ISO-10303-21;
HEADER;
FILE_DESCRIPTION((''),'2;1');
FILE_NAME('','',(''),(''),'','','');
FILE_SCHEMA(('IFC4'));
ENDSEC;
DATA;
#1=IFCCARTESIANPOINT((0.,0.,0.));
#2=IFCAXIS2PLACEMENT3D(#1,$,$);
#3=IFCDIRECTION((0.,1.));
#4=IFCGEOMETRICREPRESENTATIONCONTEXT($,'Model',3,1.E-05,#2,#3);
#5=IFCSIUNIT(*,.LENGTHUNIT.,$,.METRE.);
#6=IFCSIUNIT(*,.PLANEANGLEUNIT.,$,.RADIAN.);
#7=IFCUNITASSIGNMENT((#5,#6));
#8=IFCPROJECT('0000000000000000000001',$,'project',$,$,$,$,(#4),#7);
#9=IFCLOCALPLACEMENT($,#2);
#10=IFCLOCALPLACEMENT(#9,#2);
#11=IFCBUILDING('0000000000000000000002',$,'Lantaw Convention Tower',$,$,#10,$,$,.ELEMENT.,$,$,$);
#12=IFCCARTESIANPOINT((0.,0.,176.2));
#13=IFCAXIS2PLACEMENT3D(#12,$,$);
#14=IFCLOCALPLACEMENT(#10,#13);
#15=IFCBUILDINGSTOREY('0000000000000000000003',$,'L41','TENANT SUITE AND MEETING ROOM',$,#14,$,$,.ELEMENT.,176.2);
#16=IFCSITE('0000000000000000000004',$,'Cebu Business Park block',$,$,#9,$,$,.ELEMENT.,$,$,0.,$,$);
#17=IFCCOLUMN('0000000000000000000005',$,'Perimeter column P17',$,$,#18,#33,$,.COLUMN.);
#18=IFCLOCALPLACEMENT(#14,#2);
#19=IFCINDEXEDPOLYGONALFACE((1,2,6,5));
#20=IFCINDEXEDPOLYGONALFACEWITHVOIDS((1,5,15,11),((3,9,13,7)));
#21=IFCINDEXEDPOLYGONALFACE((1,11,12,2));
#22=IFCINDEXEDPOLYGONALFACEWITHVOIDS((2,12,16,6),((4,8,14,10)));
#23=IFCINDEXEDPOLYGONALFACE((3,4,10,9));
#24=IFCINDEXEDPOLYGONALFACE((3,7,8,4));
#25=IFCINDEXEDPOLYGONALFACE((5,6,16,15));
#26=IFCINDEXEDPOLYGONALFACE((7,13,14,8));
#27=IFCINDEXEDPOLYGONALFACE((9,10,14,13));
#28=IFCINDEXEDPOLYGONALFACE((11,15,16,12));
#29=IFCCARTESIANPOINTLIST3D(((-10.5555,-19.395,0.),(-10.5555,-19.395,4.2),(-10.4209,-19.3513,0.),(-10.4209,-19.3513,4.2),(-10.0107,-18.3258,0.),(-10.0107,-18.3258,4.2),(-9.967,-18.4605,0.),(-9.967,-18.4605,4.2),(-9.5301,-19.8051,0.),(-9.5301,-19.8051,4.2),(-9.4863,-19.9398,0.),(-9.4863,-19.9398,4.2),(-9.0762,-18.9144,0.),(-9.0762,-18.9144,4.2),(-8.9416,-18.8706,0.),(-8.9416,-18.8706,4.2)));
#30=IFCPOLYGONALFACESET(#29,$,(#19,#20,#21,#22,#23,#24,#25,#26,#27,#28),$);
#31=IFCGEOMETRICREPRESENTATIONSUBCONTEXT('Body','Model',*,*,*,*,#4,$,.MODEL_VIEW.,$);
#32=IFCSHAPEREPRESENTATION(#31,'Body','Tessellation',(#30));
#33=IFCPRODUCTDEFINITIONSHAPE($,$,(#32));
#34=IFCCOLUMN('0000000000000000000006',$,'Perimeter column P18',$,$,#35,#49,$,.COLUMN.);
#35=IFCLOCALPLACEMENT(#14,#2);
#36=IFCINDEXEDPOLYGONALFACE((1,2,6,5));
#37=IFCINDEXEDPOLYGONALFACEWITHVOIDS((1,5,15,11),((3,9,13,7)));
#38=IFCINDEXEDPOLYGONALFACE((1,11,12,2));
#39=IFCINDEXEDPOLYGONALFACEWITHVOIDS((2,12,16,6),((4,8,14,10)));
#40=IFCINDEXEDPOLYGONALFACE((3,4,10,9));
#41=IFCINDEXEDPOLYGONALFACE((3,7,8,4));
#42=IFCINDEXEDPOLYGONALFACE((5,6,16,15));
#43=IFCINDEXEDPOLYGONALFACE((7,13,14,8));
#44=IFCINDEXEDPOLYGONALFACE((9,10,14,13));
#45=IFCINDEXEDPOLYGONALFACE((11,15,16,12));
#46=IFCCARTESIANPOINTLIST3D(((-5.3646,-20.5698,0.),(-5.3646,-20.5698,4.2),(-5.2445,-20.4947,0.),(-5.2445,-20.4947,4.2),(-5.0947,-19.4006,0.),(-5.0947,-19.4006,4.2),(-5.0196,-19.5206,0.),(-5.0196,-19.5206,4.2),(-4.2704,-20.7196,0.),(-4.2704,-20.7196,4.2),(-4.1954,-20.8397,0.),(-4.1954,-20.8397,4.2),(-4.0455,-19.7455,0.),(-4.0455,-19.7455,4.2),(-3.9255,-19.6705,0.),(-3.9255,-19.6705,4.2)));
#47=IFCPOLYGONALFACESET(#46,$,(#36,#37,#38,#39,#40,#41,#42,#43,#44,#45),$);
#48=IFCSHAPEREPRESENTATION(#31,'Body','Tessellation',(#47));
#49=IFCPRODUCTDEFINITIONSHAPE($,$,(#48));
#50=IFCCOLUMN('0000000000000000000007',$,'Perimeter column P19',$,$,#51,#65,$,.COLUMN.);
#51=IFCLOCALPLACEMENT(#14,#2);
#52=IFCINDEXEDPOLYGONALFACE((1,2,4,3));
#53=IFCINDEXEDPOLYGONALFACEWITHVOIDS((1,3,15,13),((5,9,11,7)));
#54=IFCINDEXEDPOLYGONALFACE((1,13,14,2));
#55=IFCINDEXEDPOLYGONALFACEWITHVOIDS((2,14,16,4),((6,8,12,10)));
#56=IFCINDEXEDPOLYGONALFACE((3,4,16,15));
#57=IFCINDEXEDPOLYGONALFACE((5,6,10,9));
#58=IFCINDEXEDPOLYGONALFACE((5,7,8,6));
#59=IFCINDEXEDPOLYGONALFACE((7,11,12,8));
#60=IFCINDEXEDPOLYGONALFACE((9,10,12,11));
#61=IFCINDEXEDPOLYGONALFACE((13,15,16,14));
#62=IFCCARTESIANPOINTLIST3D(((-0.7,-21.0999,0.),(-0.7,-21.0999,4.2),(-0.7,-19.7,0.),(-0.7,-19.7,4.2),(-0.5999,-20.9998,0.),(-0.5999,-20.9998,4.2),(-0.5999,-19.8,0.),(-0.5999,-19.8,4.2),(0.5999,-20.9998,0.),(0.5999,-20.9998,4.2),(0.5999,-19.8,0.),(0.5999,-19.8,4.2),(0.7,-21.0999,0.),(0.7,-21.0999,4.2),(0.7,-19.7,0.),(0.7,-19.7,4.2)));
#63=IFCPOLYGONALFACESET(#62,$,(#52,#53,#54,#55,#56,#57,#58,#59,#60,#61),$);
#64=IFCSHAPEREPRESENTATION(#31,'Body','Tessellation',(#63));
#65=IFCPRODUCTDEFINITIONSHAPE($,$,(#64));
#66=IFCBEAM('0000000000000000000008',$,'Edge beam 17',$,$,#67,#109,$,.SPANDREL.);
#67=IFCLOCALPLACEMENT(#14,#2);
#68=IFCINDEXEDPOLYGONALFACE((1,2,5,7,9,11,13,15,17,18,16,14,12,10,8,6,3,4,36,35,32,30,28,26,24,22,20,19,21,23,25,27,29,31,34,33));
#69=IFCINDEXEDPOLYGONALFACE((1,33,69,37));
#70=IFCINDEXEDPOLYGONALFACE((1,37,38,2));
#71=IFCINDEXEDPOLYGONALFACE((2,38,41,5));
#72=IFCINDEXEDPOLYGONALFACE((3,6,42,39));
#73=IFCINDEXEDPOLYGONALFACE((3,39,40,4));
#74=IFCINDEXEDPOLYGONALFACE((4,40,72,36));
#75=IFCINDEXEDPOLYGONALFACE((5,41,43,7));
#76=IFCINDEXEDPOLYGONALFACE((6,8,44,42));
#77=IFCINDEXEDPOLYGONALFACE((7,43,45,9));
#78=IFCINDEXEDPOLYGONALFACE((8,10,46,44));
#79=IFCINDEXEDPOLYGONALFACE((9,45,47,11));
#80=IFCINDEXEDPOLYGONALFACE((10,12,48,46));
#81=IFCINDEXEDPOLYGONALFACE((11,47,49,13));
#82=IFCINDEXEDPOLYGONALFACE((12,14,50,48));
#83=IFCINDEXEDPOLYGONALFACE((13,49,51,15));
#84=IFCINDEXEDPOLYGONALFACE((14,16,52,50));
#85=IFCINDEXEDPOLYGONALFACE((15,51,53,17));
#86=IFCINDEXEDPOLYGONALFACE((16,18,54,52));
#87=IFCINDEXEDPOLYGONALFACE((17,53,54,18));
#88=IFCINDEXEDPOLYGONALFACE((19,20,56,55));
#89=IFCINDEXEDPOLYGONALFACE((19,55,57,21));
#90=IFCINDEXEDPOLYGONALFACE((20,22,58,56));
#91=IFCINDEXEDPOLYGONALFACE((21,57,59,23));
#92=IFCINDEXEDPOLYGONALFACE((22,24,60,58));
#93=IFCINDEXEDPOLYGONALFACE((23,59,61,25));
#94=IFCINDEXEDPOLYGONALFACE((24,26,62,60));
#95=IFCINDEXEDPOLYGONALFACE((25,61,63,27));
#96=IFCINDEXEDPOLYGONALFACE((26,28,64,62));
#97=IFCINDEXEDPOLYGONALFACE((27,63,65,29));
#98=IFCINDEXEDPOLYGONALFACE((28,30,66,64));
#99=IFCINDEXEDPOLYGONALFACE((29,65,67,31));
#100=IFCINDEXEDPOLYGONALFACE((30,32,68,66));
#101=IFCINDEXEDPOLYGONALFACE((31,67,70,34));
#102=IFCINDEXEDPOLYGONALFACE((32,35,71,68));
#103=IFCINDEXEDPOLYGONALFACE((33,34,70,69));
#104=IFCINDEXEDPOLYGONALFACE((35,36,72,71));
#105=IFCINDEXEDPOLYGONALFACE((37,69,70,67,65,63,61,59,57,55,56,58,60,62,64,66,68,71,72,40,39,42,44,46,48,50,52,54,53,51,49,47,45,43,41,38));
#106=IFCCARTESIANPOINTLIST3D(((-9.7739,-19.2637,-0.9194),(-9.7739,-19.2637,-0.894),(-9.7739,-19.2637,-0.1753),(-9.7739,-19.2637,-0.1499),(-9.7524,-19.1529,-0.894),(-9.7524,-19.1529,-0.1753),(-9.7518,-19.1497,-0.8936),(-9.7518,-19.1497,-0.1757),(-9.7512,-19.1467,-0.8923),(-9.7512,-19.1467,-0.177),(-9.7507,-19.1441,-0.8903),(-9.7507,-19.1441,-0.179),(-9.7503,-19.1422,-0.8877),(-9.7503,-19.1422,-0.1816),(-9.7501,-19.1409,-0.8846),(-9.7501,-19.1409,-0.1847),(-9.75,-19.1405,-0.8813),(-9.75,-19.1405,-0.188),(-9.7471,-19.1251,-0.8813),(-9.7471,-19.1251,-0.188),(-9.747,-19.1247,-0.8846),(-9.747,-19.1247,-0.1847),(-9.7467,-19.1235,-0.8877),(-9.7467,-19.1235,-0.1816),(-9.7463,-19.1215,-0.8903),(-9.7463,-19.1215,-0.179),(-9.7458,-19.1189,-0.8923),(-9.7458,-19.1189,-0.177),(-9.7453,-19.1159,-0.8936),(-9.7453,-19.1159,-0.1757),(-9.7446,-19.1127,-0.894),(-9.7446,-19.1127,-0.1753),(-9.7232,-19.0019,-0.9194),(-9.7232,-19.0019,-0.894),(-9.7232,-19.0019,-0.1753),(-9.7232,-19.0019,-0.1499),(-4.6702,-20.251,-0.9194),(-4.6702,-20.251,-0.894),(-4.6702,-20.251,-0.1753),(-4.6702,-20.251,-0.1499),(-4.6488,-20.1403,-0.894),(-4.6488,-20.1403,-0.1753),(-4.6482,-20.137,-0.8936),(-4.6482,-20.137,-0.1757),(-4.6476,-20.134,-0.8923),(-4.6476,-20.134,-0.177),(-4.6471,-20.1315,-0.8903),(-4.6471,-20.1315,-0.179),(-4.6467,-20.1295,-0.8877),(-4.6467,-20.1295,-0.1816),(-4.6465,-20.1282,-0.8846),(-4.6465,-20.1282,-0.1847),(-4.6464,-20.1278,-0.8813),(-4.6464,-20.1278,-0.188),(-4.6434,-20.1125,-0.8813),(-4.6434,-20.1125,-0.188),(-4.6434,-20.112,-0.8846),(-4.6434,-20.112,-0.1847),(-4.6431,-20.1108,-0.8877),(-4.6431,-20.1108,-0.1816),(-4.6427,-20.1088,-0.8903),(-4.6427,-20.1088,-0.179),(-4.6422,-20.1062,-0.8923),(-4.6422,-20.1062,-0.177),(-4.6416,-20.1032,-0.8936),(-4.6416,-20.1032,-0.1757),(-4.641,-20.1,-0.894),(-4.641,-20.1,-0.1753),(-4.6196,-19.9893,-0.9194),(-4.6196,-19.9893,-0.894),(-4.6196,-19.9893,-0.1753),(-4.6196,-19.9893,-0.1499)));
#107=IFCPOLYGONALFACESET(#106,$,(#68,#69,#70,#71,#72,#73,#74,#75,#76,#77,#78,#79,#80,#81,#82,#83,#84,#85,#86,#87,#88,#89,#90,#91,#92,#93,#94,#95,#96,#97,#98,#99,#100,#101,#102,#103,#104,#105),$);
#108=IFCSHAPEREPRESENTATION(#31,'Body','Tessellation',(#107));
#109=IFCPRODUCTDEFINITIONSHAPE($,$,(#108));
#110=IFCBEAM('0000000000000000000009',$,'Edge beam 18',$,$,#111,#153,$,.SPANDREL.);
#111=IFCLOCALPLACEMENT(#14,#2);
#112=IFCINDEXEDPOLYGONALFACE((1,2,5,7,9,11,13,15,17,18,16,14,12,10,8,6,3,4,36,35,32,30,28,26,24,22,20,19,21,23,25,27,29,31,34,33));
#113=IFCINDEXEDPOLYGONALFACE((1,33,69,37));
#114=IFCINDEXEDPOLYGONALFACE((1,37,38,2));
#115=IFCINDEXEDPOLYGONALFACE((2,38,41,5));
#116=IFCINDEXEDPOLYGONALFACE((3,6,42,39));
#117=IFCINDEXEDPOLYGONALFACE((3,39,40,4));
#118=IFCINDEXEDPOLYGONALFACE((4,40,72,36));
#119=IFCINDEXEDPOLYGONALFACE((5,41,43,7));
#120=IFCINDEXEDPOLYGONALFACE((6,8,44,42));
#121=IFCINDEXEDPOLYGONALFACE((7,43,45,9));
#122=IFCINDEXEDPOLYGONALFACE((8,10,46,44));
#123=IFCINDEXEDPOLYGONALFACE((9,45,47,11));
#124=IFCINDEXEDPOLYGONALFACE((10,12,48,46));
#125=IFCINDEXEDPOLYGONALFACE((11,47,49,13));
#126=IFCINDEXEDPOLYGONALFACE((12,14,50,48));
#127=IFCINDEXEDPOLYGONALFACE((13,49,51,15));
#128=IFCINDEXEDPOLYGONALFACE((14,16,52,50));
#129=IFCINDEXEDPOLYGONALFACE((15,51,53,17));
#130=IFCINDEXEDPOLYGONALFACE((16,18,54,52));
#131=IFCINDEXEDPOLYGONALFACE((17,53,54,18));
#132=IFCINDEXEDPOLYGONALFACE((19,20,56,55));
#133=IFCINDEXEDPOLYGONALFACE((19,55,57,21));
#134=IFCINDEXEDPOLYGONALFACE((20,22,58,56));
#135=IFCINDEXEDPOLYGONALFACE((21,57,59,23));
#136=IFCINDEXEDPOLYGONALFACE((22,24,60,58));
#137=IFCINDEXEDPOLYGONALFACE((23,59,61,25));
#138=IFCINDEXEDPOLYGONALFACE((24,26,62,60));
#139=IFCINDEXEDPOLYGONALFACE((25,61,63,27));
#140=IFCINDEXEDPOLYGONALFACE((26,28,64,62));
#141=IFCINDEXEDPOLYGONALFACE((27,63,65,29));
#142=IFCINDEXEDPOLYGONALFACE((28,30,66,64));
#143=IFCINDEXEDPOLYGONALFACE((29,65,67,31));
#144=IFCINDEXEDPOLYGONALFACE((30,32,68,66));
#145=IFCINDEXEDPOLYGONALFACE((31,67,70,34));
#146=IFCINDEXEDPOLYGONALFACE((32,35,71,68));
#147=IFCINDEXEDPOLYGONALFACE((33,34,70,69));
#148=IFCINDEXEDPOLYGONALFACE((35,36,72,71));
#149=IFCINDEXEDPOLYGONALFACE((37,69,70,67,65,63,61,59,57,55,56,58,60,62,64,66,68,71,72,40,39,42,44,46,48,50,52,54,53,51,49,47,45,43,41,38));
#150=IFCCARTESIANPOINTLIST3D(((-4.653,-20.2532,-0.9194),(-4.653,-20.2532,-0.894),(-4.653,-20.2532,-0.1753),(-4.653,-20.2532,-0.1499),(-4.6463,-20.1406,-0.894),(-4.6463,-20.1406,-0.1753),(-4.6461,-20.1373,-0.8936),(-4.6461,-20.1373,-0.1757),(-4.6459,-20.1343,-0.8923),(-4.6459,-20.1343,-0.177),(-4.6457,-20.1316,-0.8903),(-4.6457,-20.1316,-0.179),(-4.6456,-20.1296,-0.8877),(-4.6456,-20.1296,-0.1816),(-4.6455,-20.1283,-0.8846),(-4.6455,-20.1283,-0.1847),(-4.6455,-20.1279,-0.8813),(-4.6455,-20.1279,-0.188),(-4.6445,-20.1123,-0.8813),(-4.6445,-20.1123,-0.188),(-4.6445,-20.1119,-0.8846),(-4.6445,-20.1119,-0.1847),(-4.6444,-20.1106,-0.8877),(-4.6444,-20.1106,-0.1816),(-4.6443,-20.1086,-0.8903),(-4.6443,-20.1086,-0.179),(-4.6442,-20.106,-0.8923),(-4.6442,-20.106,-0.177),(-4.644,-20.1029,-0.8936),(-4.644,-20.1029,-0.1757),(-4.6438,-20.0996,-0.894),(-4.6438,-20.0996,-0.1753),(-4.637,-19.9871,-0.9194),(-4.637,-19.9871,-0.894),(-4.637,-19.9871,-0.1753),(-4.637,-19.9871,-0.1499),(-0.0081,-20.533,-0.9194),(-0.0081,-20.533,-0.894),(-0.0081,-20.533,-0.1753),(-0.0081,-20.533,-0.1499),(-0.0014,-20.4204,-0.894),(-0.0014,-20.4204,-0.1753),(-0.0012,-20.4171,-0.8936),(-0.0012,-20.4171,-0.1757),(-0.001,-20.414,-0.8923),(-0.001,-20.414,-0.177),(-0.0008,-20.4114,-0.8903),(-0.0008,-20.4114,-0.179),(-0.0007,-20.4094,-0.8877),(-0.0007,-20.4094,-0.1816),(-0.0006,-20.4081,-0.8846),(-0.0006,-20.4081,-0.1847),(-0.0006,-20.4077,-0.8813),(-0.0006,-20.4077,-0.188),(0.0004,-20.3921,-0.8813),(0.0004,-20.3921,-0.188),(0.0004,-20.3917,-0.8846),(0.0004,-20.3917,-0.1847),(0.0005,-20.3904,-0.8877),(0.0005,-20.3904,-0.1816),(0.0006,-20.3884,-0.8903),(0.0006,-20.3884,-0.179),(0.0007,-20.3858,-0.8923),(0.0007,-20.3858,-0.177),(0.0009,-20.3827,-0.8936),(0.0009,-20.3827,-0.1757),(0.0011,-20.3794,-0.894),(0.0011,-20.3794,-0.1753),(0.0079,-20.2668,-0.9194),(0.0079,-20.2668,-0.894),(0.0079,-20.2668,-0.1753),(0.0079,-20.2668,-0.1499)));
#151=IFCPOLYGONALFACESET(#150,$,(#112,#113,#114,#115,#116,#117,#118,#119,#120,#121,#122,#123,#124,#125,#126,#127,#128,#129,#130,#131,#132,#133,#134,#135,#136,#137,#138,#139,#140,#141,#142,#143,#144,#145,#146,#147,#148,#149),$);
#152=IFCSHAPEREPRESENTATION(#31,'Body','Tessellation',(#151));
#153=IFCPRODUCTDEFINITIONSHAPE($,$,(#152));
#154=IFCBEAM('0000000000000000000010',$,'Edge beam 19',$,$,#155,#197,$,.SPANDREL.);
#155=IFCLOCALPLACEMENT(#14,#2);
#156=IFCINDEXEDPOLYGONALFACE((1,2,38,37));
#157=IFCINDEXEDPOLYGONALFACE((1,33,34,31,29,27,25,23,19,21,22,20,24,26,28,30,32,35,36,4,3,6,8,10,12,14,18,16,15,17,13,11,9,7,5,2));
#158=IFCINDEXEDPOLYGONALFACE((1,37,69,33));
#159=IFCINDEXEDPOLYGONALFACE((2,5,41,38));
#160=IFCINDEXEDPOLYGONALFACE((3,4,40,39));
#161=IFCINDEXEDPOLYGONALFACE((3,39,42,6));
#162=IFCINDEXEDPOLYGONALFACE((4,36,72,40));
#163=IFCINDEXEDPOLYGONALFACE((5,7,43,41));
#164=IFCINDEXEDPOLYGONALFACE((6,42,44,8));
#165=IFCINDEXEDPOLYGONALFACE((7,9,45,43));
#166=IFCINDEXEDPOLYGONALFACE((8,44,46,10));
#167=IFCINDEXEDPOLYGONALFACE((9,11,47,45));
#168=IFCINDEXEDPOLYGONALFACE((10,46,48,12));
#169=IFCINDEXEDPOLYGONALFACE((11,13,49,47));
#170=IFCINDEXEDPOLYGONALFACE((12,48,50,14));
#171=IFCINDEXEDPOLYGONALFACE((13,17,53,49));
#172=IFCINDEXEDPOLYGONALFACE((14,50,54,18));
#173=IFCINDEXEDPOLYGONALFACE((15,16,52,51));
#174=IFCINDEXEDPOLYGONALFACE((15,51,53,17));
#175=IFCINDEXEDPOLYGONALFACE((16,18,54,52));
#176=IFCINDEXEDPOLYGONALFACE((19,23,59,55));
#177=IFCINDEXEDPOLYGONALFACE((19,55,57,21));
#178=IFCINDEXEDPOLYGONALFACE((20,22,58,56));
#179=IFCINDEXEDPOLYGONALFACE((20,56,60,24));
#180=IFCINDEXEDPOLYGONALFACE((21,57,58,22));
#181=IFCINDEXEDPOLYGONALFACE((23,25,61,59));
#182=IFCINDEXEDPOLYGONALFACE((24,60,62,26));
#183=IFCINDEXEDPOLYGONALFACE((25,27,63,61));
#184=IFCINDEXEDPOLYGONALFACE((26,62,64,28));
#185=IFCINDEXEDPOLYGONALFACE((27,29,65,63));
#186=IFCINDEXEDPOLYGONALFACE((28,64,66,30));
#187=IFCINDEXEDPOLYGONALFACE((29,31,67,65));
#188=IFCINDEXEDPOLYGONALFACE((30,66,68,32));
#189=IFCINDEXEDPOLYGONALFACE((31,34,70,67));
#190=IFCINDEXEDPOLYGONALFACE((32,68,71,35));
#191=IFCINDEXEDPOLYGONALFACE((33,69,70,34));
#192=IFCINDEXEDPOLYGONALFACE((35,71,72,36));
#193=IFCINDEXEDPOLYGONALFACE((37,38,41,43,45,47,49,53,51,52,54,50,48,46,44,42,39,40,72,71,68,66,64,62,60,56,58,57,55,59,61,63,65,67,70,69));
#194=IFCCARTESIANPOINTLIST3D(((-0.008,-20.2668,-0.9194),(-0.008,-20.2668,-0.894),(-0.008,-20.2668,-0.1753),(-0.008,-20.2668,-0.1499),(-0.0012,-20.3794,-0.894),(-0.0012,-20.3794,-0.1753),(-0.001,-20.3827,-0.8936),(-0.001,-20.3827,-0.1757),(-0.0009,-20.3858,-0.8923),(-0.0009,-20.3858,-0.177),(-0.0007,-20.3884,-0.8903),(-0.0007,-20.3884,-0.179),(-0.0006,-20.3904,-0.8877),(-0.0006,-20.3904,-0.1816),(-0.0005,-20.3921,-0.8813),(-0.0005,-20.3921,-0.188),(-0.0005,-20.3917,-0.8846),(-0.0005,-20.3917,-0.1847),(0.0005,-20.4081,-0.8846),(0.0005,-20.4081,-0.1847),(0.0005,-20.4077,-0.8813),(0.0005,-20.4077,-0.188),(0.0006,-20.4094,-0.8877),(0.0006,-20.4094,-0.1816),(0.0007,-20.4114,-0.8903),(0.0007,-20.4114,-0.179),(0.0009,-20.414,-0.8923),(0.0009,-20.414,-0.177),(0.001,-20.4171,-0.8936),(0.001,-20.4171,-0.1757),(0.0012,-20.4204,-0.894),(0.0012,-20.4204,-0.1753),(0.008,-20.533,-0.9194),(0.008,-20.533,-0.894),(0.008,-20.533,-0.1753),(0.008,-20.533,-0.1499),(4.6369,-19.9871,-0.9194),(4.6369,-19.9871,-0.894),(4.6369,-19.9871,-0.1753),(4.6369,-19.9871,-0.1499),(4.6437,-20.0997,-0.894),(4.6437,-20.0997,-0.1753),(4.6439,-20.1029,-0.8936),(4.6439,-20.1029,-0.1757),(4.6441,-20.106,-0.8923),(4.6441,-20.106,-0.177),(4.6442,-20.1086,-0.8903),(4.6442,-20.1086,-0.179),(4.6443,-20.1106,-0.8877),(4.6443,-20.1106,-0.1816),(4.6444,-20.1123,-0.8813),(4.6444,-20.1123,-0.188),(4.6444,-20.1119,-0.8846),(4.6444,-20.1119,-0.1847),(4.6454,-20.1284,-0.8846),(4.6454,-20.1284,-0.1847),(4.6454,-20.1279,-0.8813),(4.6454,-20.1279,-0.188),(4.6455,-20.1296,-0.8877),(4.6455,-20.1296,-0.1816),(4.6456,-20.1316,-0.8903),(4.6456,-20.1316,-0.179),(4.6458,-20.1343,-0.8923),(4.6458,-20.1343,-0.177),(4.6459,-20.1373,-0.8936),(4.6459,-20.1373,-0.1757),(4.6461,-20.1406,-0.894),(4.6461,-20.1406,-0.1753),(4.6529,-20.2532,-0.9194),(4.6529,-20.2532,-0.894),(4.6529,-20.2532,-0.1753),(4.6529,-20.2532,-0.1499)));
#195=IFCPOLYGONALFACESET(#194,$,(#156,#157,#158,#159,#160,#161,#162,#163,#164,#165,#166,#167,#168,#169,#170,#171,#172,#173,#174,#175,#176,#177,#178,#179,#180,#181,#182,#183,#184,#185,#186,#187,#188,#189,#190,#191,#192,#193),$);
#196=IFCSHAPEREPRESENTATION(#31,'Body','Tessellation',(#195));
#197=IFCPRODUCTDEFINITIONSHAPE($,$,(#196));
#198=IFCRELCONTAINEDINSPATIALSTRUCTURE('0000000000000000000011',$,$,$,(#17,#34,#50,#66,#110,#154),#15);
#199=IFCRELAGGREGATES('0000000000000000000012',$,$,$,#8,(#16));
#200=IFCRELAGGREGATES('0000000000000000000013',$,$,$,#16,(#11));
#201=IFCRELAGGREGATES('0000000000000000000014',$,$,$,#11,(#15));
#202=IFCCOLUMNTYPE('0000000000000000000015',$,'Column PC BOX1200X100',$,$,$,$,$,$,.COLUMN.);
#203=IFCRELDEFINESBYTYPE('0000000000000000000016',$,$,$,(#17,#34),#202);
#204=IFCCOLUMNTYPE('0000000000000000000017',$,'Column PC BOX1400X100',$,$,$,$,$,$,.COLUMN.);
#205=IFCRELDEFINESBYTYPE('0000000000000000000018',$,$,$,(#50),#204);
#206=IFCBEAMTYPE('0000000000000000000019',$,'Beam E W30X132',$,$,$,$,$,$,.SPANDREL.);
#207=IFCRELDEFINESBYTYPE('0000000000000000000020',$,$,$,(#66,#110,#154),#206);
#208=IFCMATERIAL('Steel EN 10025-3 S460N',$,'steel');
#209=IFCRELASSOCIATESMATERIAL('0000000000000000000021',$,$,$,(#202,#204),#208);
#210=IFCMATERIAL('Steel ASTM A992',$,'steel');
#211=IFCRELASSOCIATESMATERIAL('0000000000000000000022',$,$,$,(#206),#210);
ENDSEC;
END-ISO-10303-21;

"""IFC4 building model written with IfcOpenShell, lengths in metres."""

from ifc_helpers import new_model, si_unit, direction, frame, origin, origin_2d, place, context, subcontext, project, spatial, rectangle, hollow_rectangle, i_section, extrude, material, material_profile, profile_set, type_object, element, save


model = new_model("IFC4")

# Units and contexts
model_context = context("Model", 3, precision=1e-05, world=origin(), true_north=direction((0.0, 1.0)))
body_context = subcontext(model_context, "Body", "Model", "MODEL_VIEW")
ifc_project = project(units=[si_unit("LENGTHUNIT", "METRE"), si_unit("PLANEANGLEUNIT", "RADIAN")], contexts=[model_context])

# Site, building, storey
site_placement = place(None, origin())
site = spatial("IfcSite", under=ifc_project, at=site_placement, Name="Cebu Business Park block", CompositionType="ELEMENT", RefElevation=0.0)
building_placement = place(site_placement, origin())
building = spatial("IfcBuilding", under=site, at=building_placement, Name="Lantaw Convention Tower", CompositionType="ELEMENT")
storey_placement = place(building_placement, frame((0.0, 0.0, 176.2)))
storey = spatial("IfcBuildingStorey", under=building, at=storey_placement, Name="L41", Description="TENANT SUITE AND MEETING ROOM", CompositionType="ELEMENT", Elevation=176.2)

# Columns
ifc_material_1 = material(Name="Steel EN 10025-3 S460N", Category="steel")
ifc_material_profile_1 = material_profile(ifc_material_1, hollow_rectangle(XDim=1.2, YDim=1.2, WallThickness=0.1001, at=origin_2d()), Name="BOX1200X100")
ifc_material_2 = material(Name="Concrete C60/75", Category="concrete")
ifc_material_profile_2 = material_profile(ifc_material_2, rectangle(XDim=1.0, YDim=1.0, at=origin_2d()), Name="Concrete fill of BOX1200X100")
ifc_profile_set_1 = profile_set([ifc_material_profile_1, ifc_material_profile_2], Name="Steel EN 10025-3 S460N")
column_type_1 = type_object("IfcColumnType", Name="Column PC BOX1200X100", PredefinedType="COLUMN", material=ifc_profile_set_1)
for number, where, z_axis, x_axis, name in (
    (1, (-9.7485, -19.1328, 0.0), (0.0, 0.0, 1.0), (0.45399, 0.891007, 0.0), "Perimeter column P17"),
    (2, (-4.645, -20.1201, 0.0), (0.0, 0.0, 1.0), (0.224951, 0.97437, 0.0), "Perimeter column P18"),
):
    element("IfcColumn", number, at=place(storey_placement, frame(where, z_axis=z_axis, x_axis=x_axis)), inside=storey, type_object=column_type_1, Name=name, PredefinedType="COLUMN", context=body_context, shape_type="SweptSolid", body=[
        extrude(hollow_rectangle(XDim=1.2, YDim=1.2, WallThickness=0.1001, at=origin_2d()), origin(), (0.0, 0.0, 1.0), 4.2),
    ])
ifc_material_profile_3 = material_profile(ifc_material_1, hollow_rectangle(XDim=1.3999, YDim=1.3999, WallThickness=0.1001, at=origin_2d()), Name="BOX1400X100")
ifc_material_profile_4 = material_profile(ifc_material_2, rectangle(XDim=1.2, YDim=1.2, at=origin_2d()), Name="Concrete fill of BOX1400X100")
ifc_profile_set_2 = profile_set([ifc_material_profile_3, ifc_material_profile_4], Name="Steel EN 10025-3 S460N")
column_type_2 = type_object("IfcColumnType", Name="Column PC BOX1400X100", PredefinedType="COLUMN", material=ifc_profile_set_2)
column_placement = place(storey_placement, frame((0.0, -20.3999, 0.0), z_axis=(0.0, 0.0, 1.0), x_axis=(1.0, 0.0, 0.0)))
element("IfcColumn", 3, at=column_placement, inside=storey, type_object=column_type_2, Name="Perimeter column P19", PredefinedType="COLUMN", context=body_context, shape_type="SweptSolid", body=[
    extrude(hollow_rectangle(XDim=1.3999, YDim=1.3999, WallThickness=0.1001, at=origin_2d()), origin(), (0.0, 0.0, 1.0), 4.2),
])

# Beams
ifc_material_3 = material(Name="Steel ASTM A992", Category="steel")
ifc_material_profile_5 = material_profile(ifc_material_3, i_section(OverallWidth=0.2666, OverallDepth=0.7695, WebThickness=0.0156, FlangeThickness=0.0254, FilletRadius=0.0127, at=origin_2d()), Name="W30X132")
ifc_profile_set_3 = profile_set([ifc_material_profile_5], Name="Steel ASTM A992")
beam_type_1 = type_object("IfcBeamType", Name="Beam E W30X132", PredefinedType="SPANDREL", material=ifc_profile_set_3)
beam_1_placement = place(storey_placement, frame((-9.7485, -19.1328, -0.5347), z_axis=(0.981797, -0.189934, 0.0), x_axis=(0.189934, 0.981797, 0.0)))
element("IfcBeam", 4, at=beam_1_placement, inside=storey, type_object=beam_type_1, Name="Edge beam 17", PredefinedType="SPANDREL", context=body_context, shape_type="SweptSolid", body=[
    extrude(i_section(OverallWidth=0.2666, OverallDepth=0.7695, WebThickness=0.0156, FlangeThickness=0.0254, FilletRadius=0.0127, at=origin_2d()), origin(), (0.0, 0.0, 1.0), 5.1982),
])
for number, where, z_axis, x_axis, name in (
    (5, (-4.645, -20.1201, -0.5347), (0.998191, -0.060124, 0.0), (0.060124, 0.998191, 0.0), "Edge beam 18"),
    (6, (0.0, -20.3999, -0.5347), (0.998191, 0.060124, 0.0), (-0.060124, 0.998191, 0.0), "Edge beam 19"),
):
    element("IfcBeam", number, at=place(storey_placement, frame(where, z_axis=z_axis, x_axis=x_axis)), inside=storey, type_object=beam_type_1, Name=name, PredefinedType="SPANDREL", context=body_context, shape_type="SweptSolid", body=[
        extrude(i_section(OverallWidth=0.2666, OverallDepth=0.7695, WebThickness=0.0156, FlangeThickness=0.0254, FilletRadius=0.0127, at=origin_2d()), origin(), (0.0, 0.0, 1.0), 4.6533),
    ])

save(model, "model.ifc")
